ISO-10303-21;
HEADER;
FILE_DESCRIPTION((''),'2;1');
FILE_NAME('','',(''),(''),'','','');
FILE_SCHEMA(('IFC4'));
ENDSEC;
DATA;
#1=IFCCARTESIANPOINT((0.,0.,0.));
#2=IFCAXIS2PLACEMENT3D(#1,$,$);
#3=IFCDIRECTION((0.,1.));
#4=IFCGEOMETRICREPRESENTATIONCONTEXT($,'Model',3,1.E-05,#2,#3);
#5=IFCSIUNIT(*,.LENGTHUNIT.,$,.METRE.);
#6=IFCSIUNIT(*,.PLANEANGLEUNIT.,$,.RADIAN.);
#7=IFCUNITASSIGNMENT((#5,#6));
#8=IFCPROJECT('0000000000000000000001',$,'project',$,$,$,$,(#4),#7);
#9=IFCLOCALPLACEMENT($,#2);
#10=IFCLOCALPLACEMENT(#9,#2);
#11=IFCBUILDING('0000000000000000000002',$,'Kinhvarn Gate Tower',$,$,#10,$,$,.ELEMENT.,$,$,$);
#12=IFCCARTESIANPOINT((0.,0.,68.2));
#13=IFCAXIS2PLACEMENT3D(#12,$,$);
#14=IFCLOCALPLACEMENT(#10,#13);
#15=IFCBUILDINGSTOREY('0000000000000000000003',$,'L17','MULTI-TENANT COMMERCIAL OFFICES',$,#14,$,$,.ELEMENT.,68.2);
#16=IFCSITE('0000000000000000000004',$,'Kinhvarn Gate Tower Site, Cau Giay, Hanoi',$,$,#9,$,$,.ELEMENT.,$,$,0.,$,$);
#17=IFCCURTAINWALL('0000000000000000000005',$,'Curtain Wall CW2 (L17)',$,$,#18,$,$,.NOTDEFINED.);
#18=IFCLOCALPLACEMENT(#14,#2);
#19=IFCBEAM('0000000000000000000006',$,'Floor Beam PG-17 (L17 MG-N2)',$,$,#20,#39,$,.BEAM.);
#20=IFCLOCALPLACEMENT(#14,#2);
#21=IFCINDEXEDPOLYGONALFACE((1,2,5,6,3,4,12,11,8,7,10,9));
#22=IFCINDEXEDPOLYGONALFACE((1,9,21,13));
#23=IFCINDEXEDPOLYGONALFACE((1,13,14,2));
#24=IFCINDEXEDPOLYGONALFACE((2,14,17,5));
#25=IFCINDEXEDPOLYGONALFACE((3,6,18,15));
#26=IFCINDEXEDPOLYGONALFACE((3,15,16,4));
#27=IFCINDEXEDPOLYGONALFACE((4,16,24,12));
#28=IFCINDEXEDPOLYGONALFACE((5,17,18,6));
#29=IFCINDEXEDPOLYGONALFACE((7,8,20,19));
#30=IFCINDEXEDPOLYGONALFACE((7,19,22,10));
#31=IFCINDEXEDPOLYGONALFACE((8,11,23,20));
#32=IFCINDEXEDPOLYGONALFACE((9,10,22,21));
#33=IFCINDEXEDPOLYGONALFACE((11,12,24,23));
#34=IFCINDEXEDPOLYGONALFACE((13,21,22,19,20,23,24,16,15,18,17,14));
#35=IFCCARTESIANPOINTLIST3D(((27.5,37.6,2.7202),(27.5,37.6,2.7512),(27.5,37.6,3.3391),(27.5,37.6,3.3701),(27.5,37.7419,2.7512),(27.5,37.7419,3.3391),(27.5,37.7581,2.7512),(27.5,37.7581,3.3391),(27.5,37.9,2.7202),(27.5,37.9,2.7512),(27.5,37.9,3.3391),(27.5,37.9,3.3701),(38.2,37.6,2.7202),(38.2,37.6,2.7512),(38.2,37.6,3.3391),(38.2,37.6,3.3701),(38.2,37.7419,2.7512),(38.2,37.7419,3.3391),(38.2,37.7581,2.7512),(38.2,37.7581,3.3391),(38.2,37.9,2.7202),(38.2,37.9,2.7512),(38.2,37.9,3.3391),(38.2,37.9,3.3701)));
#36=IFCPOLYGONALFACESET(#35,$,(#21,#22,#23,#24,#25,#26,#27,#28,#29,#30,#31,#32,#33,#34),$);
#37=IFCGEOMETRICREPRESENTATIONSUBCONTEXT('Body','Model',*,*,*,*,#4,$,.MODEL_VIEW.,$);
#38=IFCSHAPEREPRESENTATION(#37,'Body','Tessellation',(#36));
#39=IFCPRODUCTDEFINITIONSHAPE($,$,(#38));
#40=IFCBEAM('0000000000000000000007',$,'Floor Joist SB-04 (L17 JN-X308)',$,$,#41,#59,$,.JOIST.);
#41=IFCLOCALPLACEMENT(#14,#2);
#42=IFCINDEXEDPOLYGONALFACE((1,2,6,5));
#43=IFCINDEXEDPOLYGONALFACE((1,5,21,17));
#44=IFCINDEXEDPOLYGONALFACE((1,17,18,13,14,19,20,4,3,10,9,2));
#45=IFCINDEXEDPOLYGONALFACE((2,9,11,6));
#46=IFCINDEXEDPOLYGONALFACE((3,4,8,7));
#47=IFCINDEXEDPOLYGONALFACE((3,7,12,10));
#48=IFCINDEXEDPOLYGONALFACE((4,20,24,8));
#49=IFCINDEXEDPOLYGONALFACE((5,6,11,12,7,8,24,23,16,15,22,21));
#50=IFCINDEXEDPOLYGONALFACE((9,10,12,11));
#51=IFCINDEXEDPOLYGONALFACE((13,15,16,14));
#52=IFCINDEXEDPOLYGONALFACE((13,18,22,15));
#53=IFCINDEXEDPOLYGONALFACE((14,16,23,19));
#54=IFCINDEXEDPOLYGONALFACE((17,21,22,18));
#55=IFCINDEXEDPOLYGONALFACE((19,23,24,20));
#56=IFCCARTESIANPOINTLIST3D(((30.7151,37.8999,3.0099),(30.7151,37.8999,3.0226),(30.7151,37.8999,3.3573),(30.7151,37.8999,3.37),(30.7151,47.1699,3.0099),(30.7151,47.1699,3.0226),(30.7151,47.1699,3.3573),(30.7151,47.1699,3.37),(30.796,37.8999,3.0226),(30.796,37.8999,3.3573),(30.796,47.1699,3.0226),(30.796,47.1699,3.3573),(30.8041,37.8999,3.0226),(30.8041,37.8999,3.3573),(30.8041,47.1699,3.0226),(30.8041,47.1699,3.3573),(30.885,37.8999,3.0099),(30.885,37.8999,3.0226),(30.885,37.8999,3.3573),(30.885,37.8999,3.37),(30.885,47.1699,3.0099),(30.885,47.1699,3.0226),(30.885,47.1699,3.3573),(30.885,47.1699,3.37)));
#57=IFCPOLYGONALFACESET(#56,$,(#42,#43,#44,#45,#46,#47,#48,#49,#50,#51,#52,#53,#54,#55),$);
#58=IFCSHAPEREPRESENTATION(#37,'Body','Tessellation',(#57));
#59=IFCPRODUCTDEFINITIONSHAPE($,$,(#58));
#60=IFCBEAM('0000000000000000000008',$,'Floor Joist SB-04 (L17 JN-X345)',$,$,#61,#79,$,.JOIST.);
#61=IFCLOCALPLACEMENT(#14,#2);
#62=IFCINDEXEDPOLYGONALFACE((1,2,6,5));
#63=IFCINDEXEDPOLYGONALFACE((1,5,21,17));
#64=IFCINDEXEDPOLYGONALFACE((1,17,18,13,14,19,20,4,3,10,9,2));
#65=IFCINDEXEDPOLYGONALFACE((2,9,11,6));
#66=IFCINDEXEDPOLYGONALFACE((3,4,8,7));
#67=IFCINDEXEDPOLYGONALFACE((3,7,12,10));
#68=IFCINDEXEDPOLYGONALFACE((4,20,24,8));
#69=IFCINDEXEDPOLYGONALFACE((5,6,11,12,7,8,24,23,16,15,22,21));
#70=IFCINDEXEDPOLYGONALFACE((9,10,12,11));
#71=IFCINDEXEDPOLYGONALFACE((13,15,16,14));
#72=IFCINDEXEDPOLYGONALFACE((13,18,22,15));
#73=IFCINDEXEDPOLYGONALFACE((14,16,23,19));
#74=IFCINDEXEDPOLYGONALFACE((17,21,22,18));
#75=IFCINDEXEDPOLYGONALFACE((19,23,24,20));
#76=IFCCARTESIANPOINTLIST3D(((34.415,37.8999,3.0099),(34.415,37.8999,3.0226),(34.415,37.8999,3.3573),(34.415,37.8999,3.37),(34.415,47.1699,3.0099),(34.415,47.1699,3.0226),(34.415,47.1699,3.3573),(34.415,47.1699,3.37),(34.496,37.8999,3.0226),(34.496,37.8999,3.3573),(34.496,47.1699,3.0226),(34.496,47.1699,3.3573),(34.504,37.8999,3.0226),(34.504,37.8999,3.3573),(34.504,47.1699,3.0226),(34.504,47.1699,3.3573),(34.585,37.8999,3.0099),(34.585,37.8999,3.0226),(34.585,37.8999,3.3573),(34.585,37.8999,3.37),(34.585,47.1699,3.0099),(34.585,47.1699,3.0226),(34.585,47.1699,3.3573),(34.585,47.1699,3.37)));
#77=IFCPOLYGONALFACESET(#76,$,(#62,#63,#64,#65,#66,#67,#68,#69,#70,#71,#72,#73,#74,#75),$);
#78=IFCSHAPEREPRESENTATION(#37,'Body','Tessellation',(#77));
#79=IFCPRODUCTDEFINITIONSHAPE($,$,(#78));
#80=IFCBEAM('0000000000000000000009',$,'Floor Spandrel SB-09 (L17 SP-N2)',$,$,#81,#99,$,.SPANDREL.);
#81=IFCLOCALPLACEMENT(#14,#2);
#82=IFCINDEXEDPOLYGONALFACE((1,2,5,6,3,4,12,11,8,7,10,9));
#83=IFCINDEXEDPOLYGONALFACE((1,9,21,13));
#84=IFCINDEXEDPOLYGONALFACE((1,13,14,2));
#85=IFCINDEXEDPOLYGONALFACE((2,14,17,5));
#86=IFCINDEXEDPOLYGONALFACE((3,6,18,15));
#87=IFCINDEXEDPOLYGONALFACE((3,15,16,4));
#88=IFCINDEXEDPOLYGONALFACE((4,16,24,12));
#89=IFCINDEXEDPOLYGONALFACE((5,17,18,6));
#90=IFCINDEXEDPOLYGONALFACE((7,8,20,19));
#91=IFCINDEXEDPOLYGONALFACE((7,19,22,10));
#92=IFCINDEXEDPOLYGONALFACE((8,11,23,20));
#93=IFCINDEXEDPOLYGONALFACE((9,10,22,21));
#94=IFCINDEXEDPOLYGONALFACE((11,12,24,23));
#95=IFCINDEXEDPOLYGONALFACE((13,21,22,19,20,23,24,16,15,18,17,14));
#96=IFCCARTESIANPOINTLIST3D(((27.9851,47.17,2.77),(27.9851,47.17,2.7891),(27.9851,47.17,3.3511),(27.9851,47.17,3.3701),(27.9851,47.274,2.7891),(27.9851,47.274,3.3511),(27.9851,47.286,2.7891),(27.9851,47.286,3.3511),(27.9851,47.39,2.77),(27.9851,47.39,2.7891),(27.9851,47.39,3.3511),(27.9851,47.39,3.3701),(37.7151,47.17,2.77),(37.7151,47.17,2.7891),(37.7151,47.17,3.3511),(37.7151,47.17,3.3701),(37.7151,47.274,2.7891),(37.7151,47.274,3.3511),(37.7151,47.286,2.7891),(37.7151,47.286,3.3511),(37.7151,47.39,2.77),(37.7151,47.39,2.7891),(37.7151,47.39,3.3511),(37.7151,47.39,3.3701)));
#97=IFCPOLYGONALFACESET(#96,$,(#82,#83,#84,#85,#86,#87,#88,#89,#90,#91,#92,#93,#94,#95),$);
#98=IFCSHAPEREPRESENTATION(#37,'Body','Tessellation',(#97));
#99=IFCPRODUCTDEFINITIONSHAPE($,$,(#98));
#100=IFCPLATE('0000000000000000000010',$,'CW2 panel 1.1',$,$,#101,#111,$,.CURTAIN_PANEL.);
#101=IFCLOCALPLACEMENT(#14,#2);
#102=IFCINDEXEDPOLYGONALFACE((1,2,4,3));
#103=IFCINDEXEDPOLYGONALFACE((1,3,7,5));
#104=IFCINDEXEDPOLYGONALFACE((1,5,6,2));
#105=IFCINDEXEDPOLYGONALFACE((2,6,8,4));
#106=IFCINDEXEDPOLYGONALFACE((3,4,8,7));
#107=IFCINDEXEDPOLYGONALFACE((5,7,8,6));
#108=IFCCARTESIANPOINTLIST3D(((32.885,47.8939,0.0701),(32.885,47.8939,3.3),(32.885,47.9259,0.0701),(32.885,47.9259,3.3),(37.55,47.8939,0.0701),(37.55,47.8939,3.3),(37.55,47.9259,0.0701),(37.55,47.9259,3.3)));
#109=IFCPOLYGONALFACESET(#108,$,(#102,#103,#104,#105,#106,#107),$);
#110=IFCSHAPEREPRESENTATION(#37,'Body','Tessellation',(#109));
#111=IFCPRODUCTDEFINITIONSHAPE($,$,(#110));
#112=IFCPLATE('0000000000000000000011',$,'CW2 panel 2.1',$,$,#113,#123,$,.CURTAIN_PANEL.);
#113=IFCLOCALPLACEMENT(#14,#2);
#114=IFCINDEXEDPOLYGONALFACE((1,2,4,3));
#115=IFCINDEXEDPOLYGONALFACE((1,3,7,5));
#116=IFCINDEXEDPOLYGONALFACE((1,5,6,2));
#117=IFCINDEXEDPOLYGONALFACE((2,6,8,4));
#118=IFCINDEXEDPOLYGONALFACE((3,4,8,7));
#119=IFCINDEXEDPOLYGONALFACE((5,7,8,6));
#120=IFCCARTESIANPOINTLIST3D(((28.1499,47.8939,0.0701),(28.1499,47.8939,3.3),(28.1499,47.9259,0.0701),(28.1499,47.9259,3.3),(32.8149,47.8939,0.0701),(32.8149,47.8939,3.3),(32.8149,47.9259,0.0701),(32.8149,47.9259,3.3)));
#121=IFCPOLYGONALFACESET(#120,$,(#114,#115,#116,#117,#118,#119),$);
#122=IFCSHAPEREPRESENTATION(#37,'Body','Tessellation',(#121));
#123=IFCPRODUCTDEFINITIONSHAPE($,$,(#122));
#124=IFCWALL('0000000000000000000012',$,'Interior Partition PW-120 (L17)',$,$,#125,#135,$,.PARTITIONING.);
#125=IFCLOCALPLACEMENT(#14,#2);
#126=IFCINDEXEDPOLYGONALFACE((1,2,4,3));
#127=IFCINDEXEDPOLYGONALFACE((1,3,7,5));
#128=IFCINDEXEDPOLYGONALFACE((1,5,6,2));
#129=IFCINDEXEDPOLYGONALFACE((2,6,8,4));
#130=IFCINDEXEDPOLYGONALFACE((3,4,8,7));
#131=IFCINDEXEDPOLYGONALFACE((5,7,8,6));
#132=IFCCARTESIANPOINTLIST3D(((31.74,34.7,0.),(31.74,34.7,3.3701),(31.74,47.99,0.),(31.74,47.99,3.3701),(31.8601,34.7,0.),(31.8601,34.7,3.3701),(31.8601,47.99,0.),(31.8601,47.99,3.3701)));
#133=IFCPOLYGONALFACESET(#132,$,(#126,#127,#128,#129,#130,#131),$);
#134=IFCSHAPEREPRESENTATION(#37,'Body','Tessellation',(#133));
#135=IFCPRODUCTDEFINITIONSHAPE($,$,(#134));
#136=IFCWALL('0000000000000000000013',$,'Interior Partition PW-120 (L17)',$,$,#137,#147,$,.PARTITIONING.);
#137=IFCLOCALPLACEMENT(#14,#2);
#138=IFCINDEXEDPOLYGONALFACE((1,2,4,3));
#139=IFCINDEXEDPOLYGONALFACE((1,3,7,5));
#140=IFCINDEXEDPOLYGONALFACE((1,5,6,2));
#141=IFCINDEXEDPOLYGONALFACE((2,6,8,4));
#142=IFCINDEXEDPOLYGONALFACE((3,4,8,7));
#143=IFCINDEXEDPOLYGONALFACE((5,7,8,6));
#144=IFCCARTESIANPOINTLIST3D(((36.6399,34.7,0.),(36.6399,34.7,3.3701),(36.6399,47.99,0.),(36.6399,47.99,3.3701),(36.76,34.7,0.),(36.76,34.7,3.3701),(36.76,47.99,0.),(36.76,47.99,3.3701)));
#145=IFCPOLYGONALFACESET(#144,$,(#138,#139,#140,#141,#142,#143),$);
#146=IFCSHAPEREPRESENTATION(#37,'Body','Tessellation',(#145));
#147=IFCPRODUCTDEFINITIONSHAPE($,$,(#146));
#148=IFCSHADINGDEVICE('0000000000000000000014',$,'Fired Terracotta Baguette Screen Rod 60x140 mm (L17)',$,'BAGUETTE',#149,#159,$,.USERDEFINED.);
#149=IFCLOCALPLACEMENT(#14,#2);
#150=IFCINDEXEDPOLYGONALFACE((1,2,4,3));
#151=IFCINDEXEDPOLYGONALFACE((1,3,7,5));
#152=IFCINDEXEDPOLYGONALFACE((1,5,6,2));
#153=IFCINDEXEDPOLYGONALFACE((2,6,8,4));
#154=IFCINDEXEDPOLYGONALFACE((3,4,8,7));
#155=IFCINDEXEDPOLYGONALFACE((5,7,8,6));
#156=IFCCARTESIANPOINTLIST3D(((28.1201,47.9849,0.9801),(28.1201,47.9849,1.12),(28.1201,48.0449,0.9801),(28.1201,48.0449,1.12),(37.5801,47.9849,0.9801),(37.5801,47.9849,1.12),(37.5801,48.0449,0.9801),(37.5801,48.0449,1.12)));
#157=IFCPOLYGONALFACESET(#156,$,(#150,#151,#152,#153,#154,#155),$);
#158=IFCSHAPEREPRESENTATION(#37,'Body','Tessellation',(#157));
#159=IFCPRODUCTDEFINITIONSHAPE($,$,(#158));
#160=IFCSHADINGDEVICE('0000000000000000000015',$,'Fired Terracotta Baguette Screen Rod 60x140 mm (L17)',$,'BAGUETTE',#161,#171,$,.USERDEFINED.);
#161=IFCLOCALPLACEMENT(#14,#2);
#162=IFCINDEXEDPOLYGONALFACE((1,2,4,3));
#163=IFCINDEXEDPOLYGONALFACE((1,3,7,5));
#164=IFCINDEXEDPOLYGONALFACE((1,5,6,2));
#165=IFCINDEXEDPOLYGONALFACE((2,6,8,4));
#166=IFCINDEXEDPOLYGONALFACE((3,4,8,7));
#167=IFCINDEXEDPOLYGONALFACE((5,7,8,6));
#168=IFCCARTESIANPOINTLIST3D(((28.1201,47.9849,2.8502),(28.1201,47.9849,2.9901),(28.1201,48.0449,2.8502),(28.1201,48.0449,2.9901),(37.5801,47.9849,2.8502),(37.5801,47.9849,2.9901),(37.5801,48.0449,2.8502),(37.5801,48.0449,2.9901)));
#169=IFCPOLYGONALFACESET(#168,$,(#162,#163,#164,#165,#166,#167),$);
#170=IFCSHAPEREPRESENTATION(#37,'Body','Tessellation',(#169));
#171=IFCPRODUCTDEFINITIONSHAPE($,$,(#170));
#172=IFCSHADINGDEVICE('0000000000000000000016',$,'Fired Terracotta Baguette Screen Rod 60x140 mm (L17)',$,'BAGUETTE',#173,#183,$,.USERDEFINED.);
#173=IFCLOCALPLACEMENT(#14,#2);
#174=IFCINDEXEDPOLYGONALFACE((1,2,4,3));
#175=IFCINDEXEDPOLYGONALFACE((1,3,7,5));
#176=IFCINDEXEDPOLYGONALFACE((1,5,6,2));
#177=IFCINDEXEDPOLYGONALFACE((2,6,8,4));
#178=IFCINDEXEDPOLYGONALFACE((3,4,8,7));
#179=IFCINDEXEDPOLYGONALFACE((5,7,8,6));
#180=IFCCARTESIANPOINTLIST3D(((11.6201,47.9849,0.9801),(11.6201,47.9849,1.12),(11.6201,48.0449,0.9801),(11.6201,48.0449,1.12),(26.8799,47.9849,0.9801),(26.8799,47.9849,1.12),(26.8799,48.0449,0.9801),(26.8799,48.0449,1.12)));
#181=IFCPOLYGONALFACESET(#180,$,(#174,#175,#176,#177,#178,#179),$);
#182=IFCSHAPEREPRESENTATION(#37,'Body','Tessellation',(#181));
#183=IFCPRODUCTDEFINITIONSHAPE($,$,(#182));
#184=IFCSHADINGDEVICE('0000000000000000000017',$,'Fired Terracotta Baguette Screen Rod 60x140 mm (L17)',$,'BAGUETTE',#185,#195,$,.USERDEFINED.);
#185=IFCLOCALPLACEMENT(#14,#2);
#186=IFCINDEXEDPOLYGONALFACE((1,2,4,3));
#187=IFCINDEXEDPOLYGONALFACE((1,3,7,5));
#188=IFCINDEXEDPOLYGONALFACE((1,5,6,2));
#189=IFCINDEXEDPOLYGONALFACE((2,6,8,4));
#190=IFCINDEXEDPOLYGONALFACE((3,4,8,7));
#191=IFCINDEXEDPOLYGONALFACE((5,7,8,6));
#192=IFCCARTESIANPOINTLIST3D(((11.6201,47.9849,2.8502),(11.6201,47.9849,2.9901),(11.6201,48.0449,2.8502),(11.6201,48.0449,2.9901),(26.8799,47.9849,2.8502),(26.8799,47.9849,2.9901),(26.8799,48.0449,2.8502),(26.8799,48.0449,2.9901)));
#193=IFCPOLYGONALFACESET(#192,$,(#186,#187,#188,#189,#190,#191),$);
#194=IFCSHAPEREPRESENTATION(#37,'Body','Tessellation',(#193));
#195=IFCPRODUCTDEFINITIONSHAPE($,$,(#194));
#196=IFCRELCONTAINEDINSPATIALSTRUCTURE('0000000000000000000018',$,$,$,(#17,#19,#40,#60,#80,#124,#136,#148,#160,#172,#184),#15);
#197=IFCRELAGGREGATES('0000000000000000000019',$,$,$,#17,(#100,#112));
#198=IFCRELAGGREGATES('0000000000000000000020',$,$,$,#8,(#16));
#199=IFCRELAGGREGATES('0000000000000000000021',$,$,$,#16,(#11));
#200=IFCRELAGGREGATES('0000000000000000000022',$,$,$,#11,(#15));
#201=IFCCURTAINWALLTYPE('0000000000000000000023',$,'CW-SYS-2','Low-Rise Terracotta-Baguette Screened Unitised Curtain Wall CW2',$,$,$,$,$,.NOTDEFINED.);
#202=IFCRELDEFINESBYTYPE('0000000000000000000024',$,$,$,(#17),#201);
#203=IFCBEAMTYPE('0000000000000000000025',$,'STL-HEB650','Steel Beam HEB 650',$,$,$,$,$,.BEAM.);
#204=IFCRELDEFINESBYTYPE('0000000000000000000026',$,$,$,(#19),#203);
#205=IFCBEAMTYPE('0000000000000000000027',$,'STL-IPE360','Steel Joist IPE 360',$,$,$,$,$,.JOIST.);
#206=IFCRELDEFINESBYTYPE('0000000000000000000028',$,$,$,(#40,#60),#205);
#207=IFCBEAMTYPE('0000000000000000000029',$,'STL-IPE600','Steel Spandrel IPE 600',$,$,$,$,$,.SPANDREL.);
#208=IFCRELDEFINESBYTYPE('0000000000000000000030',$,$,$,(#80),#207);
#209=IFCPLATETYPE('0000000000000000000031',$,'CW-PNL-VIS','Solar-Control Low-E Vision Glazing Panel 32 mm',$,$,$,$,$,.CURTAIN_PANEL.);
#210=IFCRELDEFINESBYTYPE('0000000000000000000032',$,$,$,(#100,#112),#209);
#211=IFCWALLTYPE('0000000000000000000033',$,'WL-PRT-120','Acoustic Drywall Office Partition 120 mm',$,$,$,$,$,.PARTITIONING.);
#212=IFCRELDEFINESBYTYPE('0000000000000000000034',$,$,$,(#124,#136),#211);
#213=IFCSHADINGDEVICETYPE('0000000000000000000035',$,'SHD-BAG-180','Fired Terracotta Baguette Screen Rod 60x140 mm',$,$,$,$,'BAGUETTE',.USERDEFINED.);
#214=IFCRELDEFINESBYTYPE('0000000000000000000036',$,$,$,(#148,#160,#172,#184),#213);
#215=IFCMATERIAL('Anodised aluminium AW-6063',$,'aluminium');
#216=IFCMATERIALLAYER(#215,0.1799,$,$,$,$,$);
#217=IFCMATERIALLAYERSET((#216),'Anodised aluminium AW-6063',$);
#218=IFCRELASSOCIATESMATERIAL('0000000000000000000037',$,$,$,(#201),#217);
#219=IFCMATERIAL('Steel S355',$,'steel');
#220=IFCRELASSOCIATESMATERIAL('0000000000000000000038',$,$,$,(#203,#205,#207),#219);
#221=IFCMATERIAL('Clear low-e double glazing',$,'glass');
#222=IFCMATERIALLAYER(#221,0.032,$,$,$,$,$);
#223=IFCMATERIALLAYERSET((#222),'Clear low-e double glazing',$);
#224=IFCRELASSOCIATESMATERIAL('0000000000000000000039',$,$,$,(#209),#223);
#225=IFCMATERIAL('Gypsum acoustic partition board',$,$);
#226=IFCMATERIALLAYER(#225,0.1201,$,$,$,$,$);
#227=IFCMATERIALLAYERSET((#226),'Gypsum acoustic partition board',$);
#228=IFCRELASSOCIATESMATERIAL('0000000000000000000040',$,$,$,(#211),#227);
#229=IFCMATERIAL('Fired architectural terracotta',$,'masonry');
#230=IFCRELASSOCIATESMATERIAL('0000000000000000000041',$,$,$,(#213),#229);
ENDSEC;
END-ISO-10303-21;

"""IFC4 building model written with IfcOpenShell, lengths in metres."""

from ifc_helpers import new_model, si_unit, direction, frame, frame_2d, origin, origin_2d, place, context, subcontext, project, spatial, rectangle, i_section, extrude, material, layer, layer_set, material_profile, profile_set, type_object, element, aggregate, save


model = new_model("IFC4")

# Units and contexts
model_context = context("Model", 3, precision=1e-05, world=origin(), true_north=direction((0.0, 1.0)))
body_context = subcontext(model_context, "Body", "Model", "MODEL_VIEW")
ifc_project = project(units=[si_unit("LENGTHUNIT", "METRE"), si_unit("PLANEANGLEUNIT", "RADIAN")], contexts=[model_context])

# Site, building, storey
site_placement = place(None, origin())
site = spatial("IfcSite", under=ifc_project, at=site_placement, Name="Kinhvarn Gate Tower Site, Cau Giay, Hanoi", CompositionType="ELEMENT", RefElevation=0.0)
building_placement = place(site_placement, origin())
building = spatial("IfcBuilding", under=site, at=building_placement, Name="Kinhvarn Gate Tower", CompositionType="ELEMENT")
storey_placement = place(building_placement, frame((0.0, 0.0, 68.2)))
storey = spatial("IfcBuildingStorey", under=building, at=storey_placement, Name="L17", Description="MULTI-TENANT COMMERCIAL OFFICES", CompositionType="ELEMENT", Elevation=68.2)

# Curtain wall
ifc_material_1 = material(Name="Anodised aluminium AW-6063", Category="aluminium")
ifc_layer_1 = layer(ifc_material_1, 0.1799)
ifc_layer_set_1 = layer_set([ifc_layer_1], Name="Anodised aluminium AW-6063")
curtain_wall_type = type_object("IfcCurtainWallType", Name="CW-SYS-2", Description="Low-Rise Terracotta-Baguette Screened Unitised Curtain Wall CW2", PredefinedType="NOTDEFINED", material=ifc_layer_set_1)
curtain_wall_1_placement = place(storey_placement, origin())
curtain_wall_1 = element("IfcCurtainWall", 1, at=curtain_wall_1_placement, inside=storey, type_object=curtain_wall_type, Name="Curtain Wall CW2 (L17)", PredefinedType="NOTDEFINED")

# Beams
ifc_material_2 = material(Name="Steel S355", Category="steel")
ifc_material_profile_1 = material_profile(ifc_material_2, i_section(OverallWidth=0.3, OverallDepth=0.6499, WebThickness=0.0161, FlangeThickness=0.031, at=origin_2d()), Name="HEB 650")
ifc_profile_set_1 = profile_set([ifc_material_profile_1], Name="Steel S355")
beam_type_1 = type_object("IfcBeamType", Name="STL-HEB650", Description="Steel Beam HEB 650", PredefinedType="BEAM", material=ifc_profile_set_1)
beam_1_placement = place(storey_placement, frame((27.5, 37.75, 3.0452), z_axis=(1.0, 0.0, 0.0), x_axis=(0.0, 1.0, 0.0)))
element("IfcBeam", 2, at=beam_1_placement, inside=storey, type_object=beam_type_1, Name="Floor Beam PG-17 (L17 MG-N2)", PredefinedType="BEAM", context=body_context, shape_type="SweptSolid", body=[
    extrude(i_section(OverallWidth=0.3, OverallDepth=0.6499, WebThickness=0.0161, FlangeThickness=0.031, at=origin_2d()), origin(), (0.0, 0.0, 1.0), 10.7),
])
ifc_material_profile_2 = material_profile(ifc_material_2, i_section(OverallWidth=0.1699, OverallDepth=0.3601, WebThickness=0.0081, FlangeThickness=0.0127, at=origin_2d()), Name="IPE 360")
ifc_profile_set_2 = profile_set([ifc_material_profile_2], Name="Steel S355")
beam_type_2 = type_object("IfcBeamType", Name="STL-IPE360", Description="Steel Joist IPE 360", PredefinedType="JOIST", material=ifc_profile_set_2)
for number, where, z_axis, x_axis, name in (
    (3, (30.8, 37.8999, 3.1899), (0.0, 1.0, 0.0), (-1.0, 0.0, 0.0), "Floor Joist SB-04 (L17 JN-X308)"),
    (4, (34.5, 37.8999, 3.1899), (0.0, 1.0, 0.0), (-1.0, 0.0, 0.0), "Floor Joist SB-04 (L17 JN-X345)"),
):
    element("IfcBeam", number, at=place(storey_placement, frame(where, z_axis=z_axis, x_axis=x_axis)), inside=storey, type_object=beam_type_2, Name=name, PredefinedType="JOIST", context=body_context, shape_type="SweptSolid", body=[
        extrude(i_section(OverallWidth=0.1699, OverallDepth=0.3601, WebThickness=0.0081, FlangeThickness=0.0127, at=origin_2d()), origin(), (0.0, 0.0, 1.0), 9.27),
    ])
ifc_material_profile_3 = material_profile(ifc_material_2, i_section(OverallWidth=0.22, OverallDepth=0.6001, WebThickness=0.012, FlangeThickness=0.019, at=origin_2d()), Name="IPE 600")
ifc_profile_set_3 = profile_set([ifc_material_profile_3], Name="Steel S355")
beam_type_3 = type_object("IfcBeamType", Name="STL-IPE600", Description="Steel Spandrel IPE 600", PredefinedType="SPANDREL", material=ifc_profile_set_3)
beam_2_placement = place(storey_placement, frame((27.9851, 47.28, 3.0701), z_axis=(1.0, 0.0, 0.0), x_axis=(0.0, 1.0, 0.0)))
element("IfcBeam", 5, at=beam_2_placement, inside=storey, type_object=beam_type_3, Name="Floor Spandrel SB-09 (L17 SP-N2)", PredefinedType="SPANDREL", context=body_context, shape_type="SweptSolid", body=[
    extrude(i_section(OverallWidth=0.22, OverallDepth=0.6001, WebThickness=0.012, FlangeThickness=0.019, at=origin_2d()), origin(), (0.0, 0.0, 1.0), 9.73),
])

# Plates
ifc_material_3 = material(Name="Clear low-e double glazing", Category="glass")
ifc_layer_2 = layer(ifc_material_3, 0.032)
ifc_layer_set_2 = layer_set([ifc_layer_2], Name="Clear low-e double glazing")
plate_type = type_object("IfcPlateType", Name="CW-PNL-VIS", Description="Solar-Control Low-E Vision Glazing Panel 32 mm", PredefinedType="CURTAIN_PANEL", material=ifc_layer_set_2)
plate_1_placement = place(storey_placement, frame((35.2175, 47.9099, 0.0701), z_axis=(0.0, 0.0, 1.0), x_axis=(-1.0, 0.0, 0.0)))
plate_1 = element("IfcPlate", 6, at=plate_1_placement, type_object=plate_type, Name="CW2 panel 1.1", PredefinedType="CURTAIN_PANEL", context=body_context, shape_type="SweptSolid", body=[
    extrude(rectangle(XDim=4.665, YDim=0.032, at=origin_2d()), origin(), (0.0, 0.0, 1.0), 3.23),
])
plate_2_placement = place(storey_placement, frame((30.4824, 47.9099, 0.0701), z_axis=(0.0, 0.0, 1.0), x_axis=(-1.0, 0.0, 0.0)))
plate_2 = element("IfcPlate", 7, at=plate_2_placement, type_object=plate_type, Name="CW2 panel 2.1", PredefinedType="CURTAIN_PANEL", context=body_context, shape_type="SweptSolid", body=[
    extrude(rectangle(XDim=4.665, YDim=0.032, at=origin_2d()), origin(), (0.0, 0.0, 1.0), 3.23),
])
aggregate(curtain_wall_1, [plate_1, plate_2])

# Walls
ifc_material_4 = material(Name="Gypsum acoustic partition board")
ifc_layer_3 = layer(ifc_material_4, 0.1201)
ifc_layer_set_3 = layer_set([ifc_layer_3], Name="Gypsum acoustic partition board")
wall_type = type_object("IfcWallType", Name="WL-PRT-120", Description="Acoustic Drywall Office Partition 120 mm", PredefinedType="PARTITIONING", material=ifc_layer_set_3)
for number, where, z_axis, x_axis, name in (
    (8, (31.8, 34.7, 0.0), (0.0, 0.0, 1.0), (0.0, 1.0, 0.0), "Interior Partition PW-120 (L17)"),
    (9, (36.7, 34.7, 0.0), (0.0, 0.0, 1.0), (0.0, 1.0, 0.0), "Interior Partition PW-120 (L17)"),
):
    element("IfcWall", number, at=place(storey_placement, frame(where, z_axis=z_axis, x_axis=x_axis)), inside=storey, type_object=wall_type, Name=name, PredefinedType="PARTITIONING", context=body_context, shape_type="SweptSolid", body=[
        extrude(rectangle(XDim=13.29, YDim=0.1201, at=frame_2d((6.645, 0.0))), origin(), (0.0, 0.0, 1.0), 3.3701),
    ])

# Shading devices
ifc_material_5 = material(Name="Fired architectural terracotta", Category="masonry")
ifc_material_profile_4 = material_profile(ifc_material_5, rectangle(XDim=0.0601, YDim=0.1399, at=origin_2d()), Name="TC 60x140")
ifc_profile_set_4 = profile_set([ifc_material_profile_4], Name="Fired architectural terracotta")
shading_device_type = type_object("IfcShadingDeviceType", Name="SHD-BAG-180", Description="Fired Terracotta Baguette Screen Rod 60x140 mm", ElementType="BAGUETTE", PredefinedType="USERDEFINED", material=ifc_profile_set_4)
for number, where, z_axis, x_axis, name in (
    (10, (37.5801, 48.0149, 1.05), (-1.0, 0.0, 0.0), (0.0, -1.0, 0.0), "Fired Terracotta Baguette Screen Rod 60x140 mm (L17)"),
    (11, (37.5801, 48.0149, 2.9202), (-1.0, 0.0, 0.0), (0.0, -1.0, 0.0), "Fired Terracotta Baguette Screen Rod 60x140 mm (L17)"),
):
    element("IfcShadingDevice", number, at=place(storey_placement, frame(where, z_axis=z_axis, x_axis=x_axis)), inside=storey, type_object=shading_device_type, Name=name, ObjectType="BAGUETTE", PredefinedType="USERDEFINED", context=body_context, shape_type="SweptSolid", body=[
        extrude(rectangle(XDim=0.0601, YDim=0.1399, at=origin_2d()), origin(), (0.0, 0.0, 1.0), 9.46),
    ])
for number, where, z_axis, x_axis, name in (
    (12, (26.8799, 48.0149, 1.05), (-1.0, 0.0, 0.0), (0.0, -1.0, 0.0), "Fired Terracotta Baguette Screen Rod 60x140 mm (L17)"),
    (13, (26.8799, 48.0149, 2.9202), (-1.0, 0.0, 0.0), (0.0, -1.0, 0.0), "Fired Terracotta Baguette Screen Rod 60x140 mm (L17)"),
):
    element("IfcShadingDevice", number, at=place(storey_placement, frame(where, z_axis=z_axis, x_axis=x_axis)), inside=storey, type_object=shading_device_type, Name=name, ObjectType="BAGUETTE", PredefinedType="USERDEFINED", context=body_context, shape_type="SweptSolid", body=[
        extrude(rectangle(XDim=0.0601, YDim=0.1399, at=origin_2d()), origin(), (0.0, 0.0, 1.0), 15.2598),
    ])

save(model, "model.ifc")
